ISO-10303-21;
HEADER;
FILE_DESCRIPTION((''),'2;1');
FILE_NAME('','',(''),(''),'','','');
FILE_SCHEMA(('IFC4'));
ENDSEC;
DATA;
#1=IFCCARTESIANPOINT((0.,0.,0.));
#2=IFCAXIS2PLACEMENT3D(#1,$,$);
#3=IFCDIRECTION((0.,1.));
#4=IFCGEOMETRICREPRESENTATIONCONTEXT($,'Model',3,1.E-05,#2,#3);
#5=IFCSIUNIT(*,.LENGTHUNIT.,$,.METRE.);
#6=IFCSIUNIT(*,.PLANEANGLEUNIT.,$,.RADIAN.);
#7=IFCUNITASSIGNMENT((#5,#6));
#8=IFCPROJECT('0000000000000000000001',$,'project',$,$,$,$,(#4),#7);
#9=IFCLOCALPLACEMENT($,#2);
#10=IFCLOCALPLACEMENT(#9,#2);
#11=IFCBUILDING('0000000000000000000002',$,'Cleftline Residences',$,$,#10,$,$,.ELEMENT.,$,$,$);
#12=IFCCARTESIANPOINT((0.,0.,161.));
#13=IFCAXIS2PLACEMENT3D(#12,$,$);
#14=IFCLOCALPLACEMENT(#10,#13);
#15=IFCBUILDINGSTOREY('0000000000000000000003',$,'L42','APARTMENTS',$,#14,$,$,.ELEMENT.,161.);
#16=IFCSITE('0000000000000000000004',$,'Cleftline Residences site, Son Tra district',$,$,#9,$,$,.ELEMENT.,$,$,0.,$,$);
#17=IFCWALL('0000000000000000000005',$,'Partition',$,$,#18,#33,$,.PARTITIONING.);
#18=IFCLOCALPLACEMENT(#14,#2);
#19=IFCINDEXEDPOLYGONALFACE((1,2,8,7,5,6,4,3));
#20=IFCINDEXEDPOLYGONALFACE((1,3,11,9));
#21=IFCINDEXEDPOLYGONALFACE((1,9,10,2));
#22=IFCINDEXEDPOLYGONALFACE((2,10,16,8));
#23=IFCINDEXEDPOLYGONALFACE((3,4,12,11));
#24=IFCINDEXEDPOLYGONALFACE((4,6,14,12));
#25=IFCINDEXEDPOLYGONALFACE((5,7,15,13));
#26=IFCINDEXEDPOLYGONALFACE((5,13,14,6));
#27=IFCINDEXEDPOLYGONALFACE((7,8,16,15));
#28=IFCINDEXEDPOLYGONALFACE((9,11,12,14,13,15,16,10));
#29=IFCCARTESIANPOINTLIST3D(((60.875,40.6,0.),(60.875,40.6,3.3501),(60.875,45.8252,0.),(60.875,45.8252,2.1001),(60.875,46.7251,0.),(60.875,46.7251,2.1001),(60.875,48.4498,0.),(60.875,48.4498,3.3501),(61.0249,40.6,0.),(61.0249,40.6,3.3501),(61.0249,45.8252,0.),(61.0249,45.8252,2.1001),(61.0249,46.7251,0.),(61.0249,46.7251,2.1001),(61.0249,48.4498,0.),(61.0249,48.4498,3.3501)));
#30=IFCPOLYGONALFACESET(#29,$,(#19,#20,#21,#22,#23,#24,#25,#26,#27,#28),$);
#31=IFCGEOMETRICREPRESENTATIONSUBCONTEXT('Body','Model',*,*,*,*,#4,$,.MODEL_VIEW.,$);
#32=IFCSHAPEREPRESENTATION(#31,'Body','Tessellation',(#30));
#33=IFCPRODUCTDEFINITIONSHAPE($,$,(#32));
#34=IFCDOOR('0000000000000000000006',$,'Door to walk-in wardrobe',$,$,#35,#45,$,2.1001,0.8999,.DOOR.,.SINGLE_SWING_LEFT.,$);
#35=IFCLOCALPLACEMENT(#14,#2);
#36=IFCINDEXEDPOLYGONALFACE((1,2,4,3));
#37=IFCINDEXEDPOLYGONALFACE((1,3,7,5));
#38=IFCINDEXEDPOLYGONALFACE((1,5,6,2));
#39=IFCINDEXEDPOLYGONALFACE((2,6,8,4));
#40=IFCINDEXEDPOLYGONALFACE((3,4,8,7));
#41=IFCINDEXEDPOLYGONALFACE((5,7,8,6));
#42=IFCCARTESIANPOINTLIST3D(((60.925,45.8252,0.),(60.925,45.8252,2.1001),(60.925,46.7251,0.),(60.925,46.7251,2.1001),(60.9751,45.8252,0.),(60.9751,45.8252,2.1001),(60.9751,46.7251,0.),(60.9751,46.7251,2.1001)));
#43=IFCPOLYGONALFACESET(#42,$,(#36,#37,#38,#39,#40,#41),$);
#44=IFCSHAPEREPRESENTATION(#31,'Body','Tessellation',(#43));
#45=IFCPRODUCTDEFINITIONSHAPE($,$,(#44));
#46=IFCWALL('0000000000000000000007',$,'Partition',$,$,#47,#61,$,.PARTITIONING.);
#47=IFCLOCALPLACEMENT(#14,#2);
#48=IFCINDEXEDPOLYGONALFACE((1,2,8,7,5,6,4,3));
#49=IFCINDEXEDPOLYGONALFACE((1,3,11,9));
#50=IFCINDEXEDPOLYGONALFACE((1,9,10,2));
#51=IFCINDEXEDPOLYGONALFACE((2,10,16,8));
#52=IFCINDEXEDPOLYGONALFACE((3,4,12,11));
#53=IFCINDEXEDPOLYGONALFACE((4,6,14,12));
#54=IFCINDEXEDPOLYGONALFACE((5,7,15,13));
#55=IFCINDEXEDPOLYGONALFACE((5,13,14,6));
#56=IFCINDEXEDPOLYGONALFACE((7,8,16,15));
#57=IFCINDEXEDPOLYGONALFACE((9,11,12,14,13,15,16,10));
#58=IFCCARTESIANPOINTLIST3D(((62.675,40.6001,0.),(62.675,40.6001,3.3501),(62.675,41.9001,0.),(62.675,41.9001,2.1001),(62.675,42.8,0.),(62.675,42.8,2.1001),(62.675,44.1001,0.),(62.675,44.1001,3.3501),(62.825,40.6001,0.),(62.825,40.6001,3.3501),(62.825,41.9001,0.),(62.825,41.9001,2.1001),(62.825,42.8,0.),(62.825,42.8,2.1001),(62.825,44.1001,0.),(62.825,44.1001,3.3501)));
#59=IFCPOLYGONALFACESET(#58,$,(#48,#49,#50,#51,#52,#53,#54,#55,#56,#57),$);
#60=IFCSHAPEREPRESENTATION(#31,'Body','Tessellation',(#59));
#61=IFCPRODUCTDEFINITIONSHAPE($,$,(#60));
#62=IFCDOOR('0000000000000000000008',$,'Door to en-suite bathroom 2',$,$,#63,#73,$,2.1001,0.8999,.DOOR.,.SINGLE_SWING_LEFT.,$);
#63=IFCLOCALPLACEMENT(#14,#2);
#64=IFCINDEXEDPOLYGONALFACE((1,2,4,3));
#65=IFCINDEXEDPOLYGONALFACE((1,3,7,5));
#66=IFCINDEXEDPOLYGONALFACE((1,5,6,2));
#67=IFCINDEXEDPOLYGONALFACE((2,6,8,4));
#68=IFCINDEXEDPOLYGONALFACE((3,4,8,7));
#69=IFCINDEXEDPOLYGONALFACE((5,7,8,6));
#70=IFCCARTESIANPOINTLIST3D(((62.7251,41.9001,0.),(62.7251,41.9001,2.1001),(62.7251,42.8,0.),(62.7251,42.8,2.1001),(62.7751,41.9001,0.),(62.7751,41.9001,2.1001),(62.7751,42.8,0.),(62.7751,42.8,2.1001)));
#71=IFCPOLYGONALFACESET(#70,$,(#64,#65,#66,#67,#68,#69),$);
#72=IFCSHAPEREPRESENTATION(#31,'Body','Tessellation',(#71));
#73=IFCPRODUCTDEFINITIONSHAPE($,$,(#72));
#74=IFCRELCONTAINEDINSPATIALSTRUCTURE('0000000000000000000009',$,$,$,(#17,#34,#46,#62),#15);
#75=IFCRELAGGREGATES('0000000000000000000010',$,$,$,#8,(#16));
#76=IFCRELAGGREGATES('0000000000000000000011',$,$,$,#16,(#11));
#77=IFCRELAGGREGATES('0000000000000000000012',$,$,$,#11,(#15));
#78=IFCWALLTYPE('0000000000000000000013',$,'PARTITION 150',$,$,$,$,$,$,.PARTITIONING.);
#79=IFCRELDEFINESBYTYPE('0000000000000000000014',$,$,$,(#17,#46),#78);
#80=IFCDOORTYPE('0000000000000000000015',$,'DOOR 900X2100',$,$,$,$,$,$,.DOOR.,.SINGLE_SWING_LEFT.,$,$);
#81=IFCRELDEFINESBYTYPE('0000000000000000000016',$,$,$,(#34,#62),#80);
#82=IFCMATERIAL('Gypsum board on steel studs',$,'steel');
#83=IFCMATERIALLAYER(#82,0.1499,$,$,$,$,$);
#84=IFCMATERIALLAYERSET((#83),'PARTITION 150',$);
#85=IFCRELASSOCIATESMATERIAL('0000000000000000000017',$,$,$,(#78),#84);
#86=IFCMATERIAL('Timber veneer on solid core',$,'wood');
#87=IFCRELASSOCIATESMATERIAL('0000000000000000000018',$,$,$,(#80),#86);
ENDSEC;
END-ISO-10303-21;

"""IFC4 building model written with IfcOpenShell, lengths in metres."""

from ifc_helpers import new_model, si_unit, direction, frame, frame_2d, origin, place, context, subcontext, project, spatial, rectangle, extrude, material, layer, layer_set, type_object, element, fill, save


model = new_model("IFC4")

# Units and contexts
model_context = context("Model", 3, precision=1e-05, world=origin(), true_north=direction((0.0, 1.0)))
body_context = subcontext(model_context, "Body", "Model", "MODEL_VIEW")
ifc_project = project(units=[si_unit("LENGTHUNIT", "METRE"), si_unit("PLANEANGLEUNIT", "RADIAN")], contexts=[model_context])

# Site, building, storey
site_placement = place(None, origin())
site = spatial("IfcSite", under=ifc_project, at=site_placement, Name="Cleftline Residences site, Son Tra district", CompositionType="ELEMENT", RefElevation=0.0)
building_placement = place(site_placement, origin())
building = spatial("IfcBuilding", under=site, at=building_placement, Name="Cleftline Residences", CompositionType="ELEMENT")
storey_placement = place(building_placement, frame((0.0, 0.0, 161.0)))
storey = spatial("IfcBuildingStorey", under=building, at=storey_placement, Name="L42", Description="APARTMENTS", CompositionType="ELEMENT", Elevation=161.0)

# Shared definitions
ifc_material_1 = material(Name="Gypsum board on steel studs", Category="steel")
ifc_layer_1 = layer(ifc_material_1, 0.1499)
ifc_layer_set_1 = layer_set([ifc_layer_1], Name="PARTITION 150")
wall_type_1 = type_object("IfcWallType", Name="PARTITION 150", PredefinedType="PARTITIONING", material=ifc_layer_set_1)

# Walls, openings, doors
wall_1_placement = place(storey_placement, frame((60.95, 40.6001, 0.0), z_axis=(0.0, 0.0, 1.0), x_axis=(0.0, 1.0, 0.0)))
wall_1 = element("IfcWall", 1, at=wall_1_placement, inside=storey, type_object=wall_type_1, Name="Partition", PredefinedType="PARTITIONING", context=body_context, shape_type="SweptSolid", body=[
    extrude(rectangle(XDim=7.8499, YDim=0.1499, at=frame_2d((3.9248, 0.0))), origin(), (0.0, 0.0, 1.0), 3.3501),
])
opening_1_placement = place(wall_1_placement, frame((5.2251, 0.0, 0.0)))
opening_1 = element("IfcOpeningElement", 2, at=opening_1_placement, cuts=wall_1, PredefinedType="OPENING", context=body_context, shape_type="SweptSolid", body=[
    extrude(rectangle(XDim=0.8999, YDim=2.1001, at=frame_2d((0.45, 1.05))), frame((0.0, 0.085, 0.0), z_axis=(0.0, -1.0, 0.0), x_axis=(1.0, 0.0, 0.0)), (0.0, 0.0, 1.0), 0.1699),
])
ifc_material_2 = material(Name="Timber veneer on solid core", Category="wood")
door_type = type_object("IfcDoorType", Name="DOOR 900X2100", OperationType="SINGLE_SWING_LEFT", PredefinedType="DOOR", material=ifc_material_2)
door_1_placement = place(opening_1_placement, origin())
door_1 = element("IfcDoor", 3, at=door_1_placement, inside=storey, type_object=door_type, Name="Door to walk-in wardrobe", OperationType="SINGLE_SWING_LEFT", OverallHeight=2.1001, OverallWidth=0.8999, PredefinedType="DOOR", context=body_context, shape_type="SweptSolid", body=[
    extrude(rectangle(XDim=0.8999, YDim=2.1001, at=frame_2d((0.45, 1.05))), frame((0.0, 0.0249, 0.0), z_axis=(0.0, -1.0, 0.0), x_axis=(1.0, 0.0, 0.0)), (0.0, 0.0, 1.0), 0.05),
])
fill(opening_1, door_1)
wall_2_placement = place(storey_placement, frame((62.75, 40.6001, 0.0), z_axis=(0.0, 0.0, 1.0), x_axis=(0.0, 1.0, 0.0)))
wall_2 = element("IfcWall", 4, at=wall_2_placement, inside=storey, type_object=wall_type_1, Name="Partition", PredefinedType="PARTITIONING", context=body_context, shape_type="SweptSolid", body=[
    extrude(rectangle(XDim=3.5, YDim=0.1499, at=frame_2d((1.75, 0.0))), origin(), (0.0, 0.0, 1.0), 3.3501),
])
opening_2_placement = place(wall_2_placement, frame((1.3, 0.0, 0.0)))
opening_2 = element("IfcOpeningElement", 5, at=opening_2_placement, cuts=wall_2, PredefinedType="OPENING", context=body_context, shape_type="SweptSolid", body=[
    extrude(rectangle(XDim=0.8999, YDim=2.1001, at=frame_2d((0.45, 1.05))), frame((0.0, 0.085, 0.0), z_axis=(0.0, -1.0, 0.0), x_axis=(1.0, 0.0, 0.0)), (0.0, 0.0, 1.0), 0.1699),
])
door_2_placement = place(opening_2_placement, origin())
door_2 = element("IfcDoor", 6, at=door_2_placement, inside=storey, type_object=door_type, Name="Door to en-suite bathroom 2", OperationType="SINGLE_SWING_LEFT", OverallHeight=2.1001, OverallWidth=0.8999, PredefinedType="DOOR", context=body_context, shape_type="SweptSolid", body=[
    extrude(rectangle(XDim=0.8999, YDim=2.1001, at=frame_2d((0.45, 1.05))), frame((0.0, 0.0249, 0.0), z_axis=(0.0, -1.0, 0.0), x_axis=(1.0, 0.0, 0.0)), (0.0, 0.0, 1.0), 0.05),
])
fill(opening_2, door_2)

save(model, "model.ifc")
